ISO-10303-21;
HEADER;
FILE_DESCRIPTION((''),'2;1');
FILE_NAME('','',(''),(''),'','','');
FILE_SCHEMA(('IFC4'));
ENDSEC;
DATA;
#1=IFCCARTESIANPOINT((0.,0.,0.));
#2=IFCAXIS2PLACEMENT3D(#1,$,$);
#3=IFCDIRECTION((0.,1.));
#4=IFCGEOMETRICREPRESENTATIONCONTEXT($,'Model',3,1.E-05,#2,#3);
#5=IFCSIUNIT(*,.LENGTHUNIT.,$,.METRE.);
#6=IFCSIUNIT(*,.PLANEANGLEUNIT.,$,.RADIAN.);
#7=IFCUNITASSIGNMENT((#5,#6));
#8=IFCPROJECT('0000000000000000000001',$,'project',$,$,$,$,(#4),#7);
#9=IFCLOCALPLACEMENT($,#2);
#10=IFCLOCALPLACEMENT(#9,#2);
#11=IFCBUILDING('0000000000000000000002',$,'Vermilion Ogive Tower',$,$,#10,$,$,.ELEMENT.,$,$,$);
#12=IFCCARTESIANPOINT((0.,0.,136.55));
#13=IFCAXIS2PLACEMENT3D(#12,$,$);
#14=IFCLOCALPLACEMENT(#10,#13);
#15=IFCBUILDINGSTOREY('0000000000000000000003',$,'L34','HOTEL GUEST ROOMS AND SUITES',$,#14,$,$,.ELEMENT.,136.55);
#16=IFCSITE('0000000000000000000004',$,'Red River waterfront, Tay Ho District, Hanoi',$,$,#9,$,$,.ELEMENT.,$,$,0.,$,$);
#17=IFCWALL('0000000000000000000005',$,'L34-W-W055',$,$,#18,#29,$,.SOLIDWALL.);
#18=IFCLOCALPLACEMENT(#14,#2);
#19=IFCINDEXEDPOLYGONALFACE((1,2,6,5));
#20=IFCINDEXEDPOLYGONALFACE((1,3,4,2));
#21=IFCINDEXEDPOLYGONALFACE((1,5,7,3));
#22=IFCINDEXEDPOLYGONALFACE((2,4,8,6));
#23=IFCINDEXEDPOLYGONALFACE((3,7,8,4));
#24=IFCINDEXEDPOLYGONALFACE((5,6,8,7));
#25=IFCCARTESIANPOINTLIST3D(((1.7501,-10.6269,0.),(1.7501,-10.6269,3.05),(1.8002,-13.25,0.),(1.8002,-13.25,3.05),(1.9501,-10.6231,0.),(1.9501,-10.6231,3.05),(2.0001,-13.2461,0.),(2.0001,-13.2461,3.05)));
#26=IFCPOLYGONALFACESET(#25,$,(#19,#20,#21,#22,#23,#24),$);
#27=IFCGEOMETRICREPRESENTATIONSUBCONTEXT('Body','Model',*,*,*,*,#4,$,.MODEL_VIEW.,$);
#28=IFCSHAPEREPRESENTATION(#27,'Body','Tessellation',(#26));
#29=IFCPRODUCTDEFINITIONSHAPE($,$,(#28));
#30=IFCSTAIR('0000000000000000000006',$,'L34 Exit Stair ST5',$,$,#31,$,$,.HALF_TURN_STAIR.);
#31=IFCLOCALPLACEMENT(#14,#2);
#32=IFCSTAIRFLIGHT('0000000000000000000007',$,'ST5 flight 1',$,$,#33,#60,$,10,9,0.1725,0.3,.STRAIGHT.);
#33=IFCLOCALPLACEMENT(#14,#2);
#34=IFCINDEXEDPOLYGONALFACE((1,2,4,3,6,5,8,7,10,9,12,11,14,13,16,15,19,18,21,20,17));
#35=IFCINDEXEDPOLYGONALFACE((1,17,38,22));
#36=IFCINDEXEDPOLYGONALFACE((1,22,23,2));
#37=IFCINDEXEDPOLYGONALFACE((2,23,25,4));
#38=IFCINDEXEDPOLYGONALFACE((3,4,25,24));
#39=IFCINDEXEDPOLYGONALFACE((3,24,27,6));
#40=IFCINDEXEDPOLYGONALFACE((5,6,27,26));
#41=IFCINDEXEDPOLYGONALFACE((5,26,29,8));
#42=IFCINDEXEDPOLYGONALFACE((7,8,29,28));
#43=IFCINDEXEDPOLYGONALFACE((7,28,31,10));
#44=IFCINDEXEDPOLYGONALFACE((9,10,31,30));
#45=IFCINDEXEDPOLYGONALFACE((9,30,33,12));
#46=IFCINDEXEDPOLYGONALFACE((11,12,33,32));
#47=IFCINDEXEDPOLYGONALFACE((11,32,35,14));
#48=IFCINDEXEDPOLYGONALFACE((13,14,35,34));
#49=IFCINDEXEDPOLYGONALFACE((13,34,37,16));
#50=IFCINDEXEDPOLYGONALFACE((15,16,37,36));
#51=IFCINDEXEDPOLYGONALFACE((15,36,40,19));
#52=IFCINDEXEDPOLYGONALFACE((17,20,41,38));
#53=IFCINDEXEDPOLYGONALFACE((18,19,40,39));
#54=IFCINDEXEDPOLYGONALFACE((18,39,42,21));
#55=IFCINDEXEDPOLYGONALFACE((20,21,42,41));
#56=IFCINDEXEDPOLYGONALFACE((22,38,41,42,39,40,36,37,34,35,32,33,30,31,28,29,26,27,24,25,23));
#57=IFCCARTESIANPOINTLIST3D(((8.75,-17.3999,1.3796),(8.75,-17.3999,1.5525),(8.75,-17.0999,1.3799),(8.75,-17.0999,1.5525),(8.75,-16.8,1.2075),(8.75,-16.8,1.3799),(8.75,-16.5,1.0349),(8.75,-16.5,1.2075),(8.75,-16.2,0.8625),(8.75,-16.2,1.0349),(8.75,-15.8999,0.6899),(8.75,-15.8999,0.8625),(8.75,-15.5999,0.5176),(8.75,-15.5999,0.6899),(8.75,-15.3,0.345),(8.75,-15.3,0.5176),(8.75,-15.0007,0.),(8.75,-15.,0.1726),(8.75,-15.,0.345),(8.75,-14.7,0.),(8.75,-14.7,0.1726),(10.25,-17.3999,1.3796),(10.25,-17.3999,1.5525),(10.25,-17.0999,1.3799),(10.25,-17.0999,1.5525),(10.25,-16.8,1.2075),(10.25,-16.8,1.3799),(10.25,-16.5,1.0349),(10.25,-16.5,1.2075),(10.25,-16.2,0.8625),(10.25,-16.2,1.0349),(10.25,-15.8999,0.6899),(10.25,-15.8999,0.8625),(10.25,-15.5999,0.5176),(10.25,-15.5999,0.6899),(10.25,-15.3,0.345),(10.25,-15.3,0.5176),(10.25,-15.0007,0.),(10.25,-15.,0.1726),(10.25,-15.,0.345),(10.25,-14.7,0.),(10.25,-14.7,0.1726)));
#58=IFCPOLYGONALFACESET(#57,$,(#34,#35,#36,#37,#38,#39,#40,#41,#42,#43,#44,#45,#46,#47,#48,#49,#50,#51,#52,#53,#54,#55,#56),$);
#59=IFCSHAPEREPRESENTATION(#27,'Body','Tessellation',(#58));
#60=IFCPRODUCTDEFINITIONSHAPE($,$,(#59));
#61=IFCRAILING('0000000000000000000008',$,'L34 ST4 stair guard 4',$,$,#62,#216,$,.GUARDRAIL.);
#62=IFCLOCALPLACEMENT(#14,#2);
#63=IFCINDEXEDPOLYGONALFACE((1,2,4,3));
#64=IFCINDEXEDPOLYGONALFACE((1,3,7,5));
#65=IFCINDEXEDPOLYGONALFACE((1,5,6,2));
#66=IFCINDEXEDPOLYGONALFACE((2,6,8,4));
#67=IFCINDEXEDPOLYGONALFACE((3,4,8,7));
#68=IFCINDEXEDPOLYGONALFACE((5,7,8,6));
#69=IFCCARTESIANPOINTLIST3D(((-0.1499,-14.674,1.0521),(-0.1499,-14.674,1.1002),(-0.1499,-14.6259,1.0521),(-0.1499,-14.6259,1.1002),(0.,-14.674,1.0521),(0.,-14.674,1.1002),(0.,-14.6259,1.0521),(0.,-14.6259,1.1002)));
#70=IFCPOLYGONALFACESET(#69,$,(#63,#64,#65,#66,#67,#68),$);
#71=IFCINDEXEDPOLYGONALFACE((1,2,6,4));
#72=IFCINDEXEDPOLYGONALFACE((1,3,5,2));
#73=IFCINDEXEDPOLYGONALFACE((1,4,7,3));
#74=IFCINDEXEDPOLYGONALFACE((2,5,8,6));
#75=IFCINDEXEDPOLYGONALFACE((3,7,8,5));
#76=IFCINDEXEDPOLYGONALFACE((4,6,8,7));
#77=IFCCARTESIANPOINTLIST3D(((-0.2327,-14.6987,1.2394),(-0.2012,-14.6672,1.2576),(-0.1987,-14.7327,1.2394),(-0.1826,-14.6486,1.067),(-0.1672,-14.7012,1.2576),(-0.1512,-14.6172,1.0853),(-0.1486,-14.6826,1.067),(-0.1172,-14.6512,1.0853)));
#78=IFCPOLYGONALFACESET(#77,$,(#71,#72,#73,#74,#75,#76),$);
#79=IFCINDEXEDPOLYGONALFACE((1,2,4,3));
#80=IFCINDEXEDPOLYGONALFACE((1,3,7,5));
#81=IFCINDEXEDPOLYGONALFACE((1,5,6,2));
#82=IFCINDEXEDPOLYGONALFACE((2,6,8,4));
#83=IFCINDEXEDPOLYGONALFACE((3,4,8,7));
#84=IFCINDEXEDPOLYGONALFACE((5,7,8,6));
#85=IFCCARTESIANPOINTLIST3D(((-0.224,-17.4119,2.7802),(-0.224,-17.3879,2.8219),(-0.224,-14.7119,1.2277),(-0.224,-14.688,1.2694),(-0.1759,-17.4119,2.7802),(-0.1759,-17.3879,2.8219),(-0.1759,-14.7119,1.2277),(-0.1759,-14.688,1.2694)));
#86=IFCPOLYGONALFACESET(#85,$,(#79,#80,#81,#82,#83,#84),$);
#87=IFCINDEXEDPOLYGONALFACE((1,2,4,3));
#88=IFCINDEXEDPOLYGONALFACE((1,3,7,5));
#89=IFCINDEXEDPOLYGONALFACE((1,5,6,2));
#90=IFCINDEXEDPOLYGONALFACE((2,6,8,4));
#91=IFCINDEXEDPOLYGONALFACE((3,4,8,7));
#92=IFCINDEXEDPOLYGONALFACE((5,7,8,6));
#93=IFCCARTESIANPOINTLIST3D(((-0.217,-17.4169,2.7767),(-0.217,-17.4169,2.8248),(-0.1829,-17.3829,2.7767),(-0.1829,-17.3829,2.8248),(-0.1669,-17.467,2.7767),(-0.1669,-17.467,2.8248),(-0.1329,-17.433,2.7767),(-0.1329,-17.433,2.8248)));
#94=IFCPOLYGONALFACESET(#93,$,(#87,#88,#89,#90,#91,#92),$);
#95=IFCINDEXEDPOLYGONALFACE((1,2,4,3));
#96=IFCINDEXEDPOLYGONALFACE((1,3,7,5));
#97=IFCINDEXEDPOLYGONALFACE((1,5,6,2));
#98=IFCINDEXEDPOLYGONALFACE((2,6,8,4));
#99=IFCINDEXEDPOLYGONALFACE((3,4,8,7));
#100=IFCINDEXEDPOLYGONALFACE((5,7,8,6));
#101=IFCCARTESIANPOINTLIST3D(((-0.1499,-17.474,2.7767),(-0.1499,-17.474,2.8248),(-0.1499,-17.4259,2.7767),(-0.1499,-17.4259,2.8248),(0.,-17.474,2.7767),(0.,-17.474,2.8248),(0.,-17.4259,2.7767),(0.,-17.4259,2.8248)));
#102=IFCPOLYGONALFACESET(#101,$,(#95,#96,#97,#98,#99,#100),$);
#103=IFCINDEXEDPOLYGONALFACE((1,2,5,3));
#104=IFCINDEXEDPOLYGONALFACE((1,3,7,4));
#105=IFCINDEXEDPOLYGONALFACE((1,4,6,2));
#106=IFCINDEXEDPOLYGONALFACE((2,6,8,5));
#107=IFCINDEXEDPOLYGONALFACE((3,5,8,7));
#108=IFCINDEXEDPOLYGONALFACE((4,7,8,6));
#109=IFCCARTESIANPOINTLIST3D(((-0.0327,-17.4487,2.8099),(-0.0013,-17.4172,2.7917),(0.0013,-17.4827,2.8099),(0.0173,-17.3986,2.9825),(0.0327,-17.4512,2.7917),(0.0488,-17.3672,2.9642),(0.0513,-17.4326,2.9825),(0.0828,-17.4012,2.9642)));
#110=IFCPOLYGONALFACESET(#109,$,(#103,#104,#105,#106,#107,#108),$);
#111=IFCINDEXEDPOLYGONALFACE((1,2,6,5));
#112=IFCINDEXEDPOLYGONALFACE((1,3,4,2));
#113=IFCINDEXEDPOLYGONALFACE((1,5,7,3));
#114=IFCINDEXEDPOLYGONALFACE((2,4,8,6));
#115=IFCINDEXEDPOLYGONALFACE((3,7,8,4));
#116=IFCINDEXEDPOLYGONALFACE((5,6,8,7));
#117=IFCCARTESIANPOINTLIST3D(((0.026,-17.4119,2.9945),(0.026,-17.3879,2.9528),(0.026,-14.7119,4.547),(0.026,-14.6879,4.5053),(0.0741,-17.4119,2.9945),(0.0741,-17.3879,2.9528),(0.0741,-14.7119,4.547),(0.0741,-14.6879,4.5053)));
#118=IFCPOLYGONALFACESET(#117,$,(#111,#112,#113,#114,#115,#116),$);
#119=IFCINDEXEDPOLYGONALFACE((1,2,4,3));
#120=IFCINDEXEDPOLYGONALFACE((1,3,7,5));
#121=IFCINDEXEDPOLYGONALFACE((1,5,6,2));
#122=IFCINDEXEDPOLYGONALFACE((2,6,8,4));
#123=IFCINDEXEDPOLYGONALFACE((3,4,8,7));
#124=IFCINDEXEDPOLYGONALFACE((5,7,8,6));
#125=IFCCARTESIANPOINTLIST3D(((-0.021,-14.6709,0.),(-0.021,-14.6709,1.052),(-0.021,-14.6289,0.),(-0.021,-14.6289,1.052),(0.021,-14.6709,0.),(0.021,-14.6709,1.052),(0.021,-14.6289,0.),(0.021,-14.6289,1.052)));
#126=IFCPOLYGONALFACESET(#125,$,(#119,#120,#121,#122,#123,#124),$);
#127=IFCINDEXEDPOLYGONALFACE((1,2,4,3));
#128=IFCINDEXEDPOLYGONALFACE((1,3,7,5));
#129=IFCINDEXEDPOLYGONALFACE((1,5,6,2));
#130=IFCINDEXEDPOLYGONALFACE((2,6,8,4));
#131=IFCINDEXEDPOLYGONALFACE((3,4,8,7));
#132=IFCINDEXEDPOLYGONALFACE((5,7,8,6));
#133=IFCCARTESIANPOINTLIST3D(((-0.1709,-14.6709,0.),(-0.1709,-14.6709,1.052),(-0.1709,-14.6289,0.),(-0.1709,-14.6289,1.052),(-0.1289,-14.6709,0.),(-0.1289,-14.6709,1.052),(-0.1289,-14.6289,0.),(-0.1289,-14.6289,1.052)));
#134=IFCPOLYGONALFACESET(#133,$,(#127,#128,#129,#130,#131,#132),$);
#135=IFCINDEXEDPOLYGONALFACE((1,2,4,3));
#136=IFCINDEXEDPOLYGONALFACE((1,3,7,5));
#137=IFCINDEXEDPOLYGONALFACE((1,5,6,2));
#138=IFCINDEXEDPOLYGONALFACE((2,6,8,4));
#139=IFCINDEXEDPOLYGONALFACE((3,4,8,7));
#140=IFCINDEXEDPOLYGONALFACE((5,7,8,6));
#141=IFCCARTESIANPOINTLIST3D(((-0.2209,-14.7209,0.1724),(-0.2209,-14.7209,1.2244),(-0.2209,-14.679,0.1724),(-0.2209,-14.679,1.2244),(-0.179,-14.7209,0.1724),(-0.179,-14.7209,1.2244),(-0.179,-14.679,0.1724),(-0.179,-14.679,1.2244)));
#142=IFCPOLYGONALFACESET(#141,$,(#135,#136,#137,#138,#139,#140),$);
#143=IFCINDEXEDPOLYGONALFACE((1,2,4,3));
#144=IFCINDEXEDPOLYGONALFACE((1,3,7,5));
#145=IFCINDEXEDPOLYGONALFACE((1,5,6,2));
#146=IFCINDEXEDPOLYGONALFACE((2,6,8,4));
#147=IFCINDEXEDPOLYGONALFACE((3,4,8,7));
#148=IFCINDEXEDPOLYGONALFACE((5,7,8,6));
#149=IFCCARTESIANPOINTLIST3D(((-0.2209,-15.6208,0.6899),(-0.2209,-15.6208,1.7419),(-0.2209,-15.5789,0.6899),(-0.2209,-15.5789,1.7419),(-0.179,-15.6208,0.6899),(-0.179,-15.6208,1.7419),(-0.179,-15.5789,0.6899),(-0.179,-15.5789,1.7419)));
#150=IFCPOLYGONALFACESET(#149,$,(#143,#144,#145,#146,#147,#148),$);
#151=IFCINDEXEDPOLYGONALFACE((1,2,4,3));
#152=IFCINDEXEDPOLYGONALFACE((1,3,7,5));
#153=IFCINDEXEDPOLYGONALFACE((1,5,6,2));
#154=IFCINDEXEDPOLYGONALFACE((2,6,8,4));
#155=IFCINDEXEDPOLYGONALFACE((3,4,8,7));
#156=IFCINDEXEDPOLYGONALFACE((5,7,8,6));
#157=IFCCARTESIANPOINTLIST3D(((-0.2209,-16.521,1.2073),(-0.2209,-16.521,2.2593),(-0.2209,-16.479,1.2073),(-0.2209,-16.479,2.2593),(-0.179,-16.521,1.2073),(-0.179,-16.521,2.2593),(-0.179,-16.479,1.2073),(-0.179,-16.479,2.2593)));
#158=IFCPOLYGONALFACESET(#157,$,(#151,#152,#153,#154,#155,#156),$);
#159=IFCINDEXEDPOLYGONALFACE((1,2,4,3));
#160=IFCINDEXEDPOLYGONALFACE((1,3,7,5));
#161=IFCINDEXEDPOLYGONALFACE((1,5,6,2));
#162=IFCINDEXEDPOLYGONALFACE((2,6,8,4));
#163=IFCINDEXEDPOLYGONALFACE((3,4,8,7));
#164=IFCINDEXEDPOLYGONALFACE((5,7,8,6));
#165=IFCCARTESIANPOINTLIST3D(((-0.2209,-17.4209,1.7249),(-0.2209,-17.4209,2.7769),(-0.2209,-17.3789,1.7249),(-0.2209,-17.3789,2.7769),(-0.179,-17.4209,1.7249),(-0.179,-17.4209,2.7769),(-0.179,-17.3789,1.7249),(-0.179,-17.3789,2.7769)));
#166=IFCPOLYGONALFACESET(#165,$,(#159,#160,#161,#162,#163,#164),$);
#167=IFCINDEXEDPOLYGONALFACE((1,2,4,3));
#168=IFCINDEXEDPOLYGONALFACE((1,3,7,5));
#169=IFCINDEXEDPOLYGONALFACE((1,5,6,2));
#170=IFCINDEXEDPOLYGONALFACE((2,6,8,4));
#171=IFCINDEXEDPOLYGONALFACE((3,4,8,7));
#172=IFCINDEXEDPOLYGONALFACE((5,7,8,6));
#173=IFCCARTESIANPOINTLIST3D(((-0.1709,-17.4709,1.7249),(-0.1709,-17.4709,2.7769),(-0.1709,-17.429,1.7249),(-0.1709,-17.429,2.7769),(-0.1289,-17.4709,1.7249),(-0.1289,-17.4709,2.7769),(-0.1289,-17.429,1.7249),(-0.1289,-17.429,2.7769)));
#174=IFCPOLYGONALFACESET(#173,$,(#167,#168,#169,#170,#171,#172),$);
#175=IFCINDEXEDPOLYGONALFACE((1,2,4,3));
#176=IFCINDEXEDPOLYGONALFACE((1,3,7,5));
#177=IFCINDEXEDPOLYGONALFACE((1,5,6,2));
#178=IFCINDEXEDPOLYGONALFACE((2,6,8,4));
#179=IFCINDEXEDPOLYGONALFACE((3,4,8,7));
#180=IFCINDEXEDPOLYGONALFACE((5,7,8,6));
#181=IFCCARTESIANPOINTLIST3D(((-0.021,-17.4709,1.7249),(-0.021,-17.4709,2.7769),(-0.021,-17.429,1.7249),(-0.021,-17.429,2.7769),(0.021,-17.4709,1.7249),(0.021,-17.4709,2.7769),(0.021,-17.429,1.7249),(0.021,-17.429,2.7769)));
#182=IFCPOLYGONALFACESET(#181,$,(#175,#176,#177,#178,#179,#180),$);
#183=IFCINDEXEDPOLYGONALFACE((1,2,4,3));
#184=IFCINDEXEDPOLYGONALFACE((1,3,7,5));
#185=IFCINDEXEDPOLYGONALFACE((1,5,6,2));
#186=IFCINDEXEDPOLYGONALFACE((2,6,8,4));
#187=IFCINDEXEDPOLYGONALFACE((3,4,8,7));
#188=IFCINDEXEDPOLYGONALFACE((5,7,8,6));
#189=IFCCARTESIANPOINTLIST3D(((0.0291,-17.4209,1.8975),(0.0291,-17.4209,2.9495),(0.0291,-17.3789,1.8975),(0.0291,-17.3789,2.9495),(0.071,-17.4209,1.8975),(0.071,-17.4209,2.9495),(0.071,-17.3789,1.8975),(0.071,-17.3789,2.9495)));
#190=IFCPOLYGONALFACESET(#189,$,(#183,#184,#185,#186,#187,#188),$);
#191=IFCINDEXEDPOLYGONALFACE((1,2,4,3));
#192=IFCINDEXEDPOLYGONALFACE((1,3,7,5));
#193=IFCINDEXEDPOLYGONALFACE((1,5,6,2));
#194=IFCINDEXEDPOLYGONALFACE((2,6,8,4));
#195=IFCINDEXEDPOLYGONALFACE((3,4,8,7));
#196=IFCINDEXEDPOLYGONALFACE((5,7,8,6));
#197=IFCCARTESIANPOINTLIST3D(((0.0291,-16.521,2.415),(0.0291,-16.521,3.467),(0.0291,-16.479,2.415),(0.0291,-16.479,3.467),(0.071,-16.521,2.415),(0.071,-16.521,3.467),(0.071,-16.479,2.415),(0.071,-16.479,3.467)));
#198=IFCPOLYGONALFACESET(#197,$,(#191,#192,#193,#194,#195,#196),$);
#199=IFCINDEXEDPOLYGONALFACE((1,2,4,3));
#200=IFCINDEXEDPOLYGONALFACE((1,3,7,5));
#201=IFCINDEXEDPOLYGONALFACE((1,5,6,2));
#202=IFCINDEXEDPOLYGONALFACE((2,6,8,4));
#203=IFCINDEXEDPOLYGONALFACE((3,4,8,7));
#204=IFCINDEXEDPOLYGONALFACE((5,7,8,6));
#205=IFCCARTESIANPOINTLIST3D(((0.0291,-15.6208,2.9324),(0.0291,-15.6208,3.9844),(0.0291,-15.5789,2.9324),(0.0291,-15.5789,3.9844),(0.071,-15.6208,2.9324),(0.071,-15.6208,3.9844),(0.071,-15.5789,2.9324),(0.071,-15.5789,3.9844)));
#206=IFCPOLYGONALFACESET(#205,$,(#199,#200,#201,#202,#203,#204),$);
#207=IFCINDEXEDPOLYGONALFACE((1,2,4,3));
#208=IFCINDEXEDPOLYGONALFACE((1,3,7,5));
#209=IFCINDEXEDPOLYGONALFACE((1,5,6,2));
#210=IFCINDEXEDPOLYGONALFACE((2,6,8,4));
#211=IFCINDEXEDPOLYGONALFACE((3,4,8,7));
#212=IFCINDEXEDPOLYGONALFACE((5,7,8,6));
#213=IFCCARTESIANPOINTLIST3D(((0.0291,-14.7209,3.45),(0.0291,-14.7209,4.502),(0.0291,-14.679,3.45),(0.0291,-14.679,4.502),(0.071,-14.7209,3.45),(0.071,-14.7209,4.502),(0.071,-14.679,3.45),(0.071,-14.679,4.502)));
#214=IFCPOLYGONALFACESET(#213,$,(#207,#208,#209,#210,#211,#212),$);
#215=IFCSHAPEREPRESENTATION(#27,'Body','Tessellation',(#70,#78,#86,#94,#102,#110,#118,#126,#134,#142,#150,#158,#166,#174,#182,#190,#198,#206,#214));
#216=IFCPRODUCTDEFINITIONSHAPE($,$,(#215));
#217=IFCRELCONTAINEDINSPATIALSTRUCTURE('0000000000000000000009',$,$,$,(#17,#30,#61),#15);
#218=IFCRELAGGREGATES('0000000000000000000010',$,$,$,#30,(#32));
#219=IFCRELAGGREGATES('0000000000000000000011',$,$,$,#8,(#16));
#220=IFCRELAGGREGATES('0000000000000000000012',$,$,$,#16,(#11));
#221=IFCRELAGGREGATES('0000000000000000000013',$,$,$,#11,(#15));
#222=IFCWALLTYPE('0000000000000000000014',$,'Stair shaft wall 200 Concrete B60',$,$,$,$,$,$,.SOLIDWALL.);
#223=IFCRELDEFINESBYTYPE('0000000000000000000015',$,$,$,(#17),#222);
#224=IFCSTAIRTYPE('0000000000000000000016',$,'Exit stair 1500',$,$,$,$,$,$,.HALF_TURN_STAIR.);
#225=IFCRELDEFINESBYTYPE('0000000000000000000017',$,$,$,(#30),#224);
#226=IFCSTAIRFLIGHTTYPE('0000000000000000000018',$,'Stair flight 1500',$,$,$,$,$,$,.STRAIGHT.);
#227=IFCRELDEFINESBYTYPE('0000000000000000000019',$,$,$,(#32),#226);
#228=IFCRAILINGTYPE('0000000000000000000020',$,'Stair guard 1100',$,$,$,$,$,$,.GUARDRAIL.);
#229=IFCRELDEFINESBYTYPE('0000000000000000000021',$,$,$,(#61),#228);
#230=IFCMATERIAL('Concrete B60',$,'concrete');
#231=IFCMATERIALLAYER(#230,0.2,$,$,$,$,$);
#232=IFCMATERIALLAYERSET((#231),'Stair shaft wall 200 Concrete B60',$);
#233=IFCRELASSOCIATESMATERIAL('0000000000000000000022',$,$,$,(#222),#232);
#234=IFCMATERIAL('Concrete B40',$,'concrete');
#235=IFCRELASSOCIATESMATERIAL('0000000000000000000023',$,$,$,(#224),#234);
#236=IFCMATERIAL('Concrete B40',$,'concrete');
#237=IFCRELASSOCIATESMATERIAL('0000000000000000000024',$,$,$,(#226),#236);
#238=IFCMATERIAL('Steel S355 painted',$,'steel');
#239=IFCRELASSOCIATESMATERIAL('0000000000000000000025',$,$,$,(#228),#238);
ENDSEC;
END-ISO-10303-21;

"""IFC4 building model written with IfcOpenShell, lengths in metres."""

from ifc_helpers import new_model, si_unit, direction, frame, frame_2d, origin, origin_2d, place, context, subcontext, project, spatial, polyline, rectangle, outline, extrude, material, layer, layer_set, type_object, element, aggregate, save


model = new_model("IFC4")

# Units and contexts
model_context = context("Model", 3, precision=1e-05, world=origin(), true_north=direction((0.0, 1.0)))
body_context = subcontext(model_context, "Body", "Model", "MODEL_VIEW")
ifc_project = project(units=[si_unit("LENGTHUNIT", "METRE"), si_unit("PLANEANGLEUNIT", "RADIAN")], contexts=[model_context])

# Site, building, storey
site_placement = place(None, origin())
site = spatial("IfcSite", under=ifc_project, at=site_placement, Name="Red River waterfront, Tay Ho District, Hanoi", CompositionType="ELEMENT", RefElevation=0.0)
building_placement = place(site_placement, origin())
building = spatial("IfcBuilding", under=site, at=building_placement, Name="Vermilion Ogive Tower", CompositionType="ELEMENT")
storey_placement = place(building_placement, frame((0.0, 0.0, 136.55)))
storey = spatial("IfcBuildingStorey", under=building, at=storey_placement, Name="L34", Description="HOTEL GUEST ROOMS AND SUITES", CompositionType="ELEMENT", Elevation=136.55)

# Shared definitions
ifc_material_1 = material(Name="Concrete B60", Category="concrete")
ifc_layer_1 = layer(ifc_material_1, 0.2)
ifc_layer_set_1 = layer_set([ifc_layer_1], Name="Stair shaft wall 200 Concrete B60")
wall_type_1 = type_object("IfcWallType", Name="Stair shaft wall 200 Concrete B60", PredefinedType="SOLIDWALL", material=ifc_layer_set_1)

# Wall
wall_1_placement = place(storey_placement, frame((1.9001, -13.248, 0.0), z_axis=(0.0, 0.0, 1.0), x_axis=(-0.019077, 0.999818, 0.0)))
element("IfcWall", 1, at=wall_1_placement, inside=storey, type_object=wall_type_1, Name="L34-W-W055", PredefinedType="SOLIDWALL", context=body_context, shape_type="SweptSolid", body=[
    extrude(rectangle(XDim=2.6235, YDim=0.2, at=frame_2d((1.3118, 0.0))), origin(), (0.0, 0.0, 1.0), 3.05),
])

# Stair, stair flight
ifc_material_2 = material(Name="Concrete B40", Category="concrete")
stair_type = type_object("IfcStairType", Name="Exit stair 1500", PredefinedType="HALF_TURN_STAIR", material=ifc_material_2)
stair_placement = place(storey_placement, origin())
stair = element("IfcStair", 2, at=stair_placement, inside=storey, type_object=stair_type, Name="L34 Exit Stair ST5", PredefinedType="HALF_TURN_STAIR")
ifc_material_3 = material(Name="Concrete B40", Category="concrete")
stair_flight_type = type_object("IfcStairFlightType", Name="Stair flight 1500", PredefinedType="STRAIGHT", material=ifc_material_3)
stair_flight_placement = place(storey_placement, frame((9.5, -14.7, 0.0), z_axis=(0.0, 0.0, 1.0), x_axis=(0.0, -1.0, 0.0)))
stair_flight = element("IfcStairFlight", 3, at=stair_flight_placement, type_object=stair_flight_type, Name="ST5 flight 1", NumberOfRisers=10, NumberOfTreads=9, PredefinedType="STRAIGHT", RiserHeight=0.1725, TreadLength=0.3, context=body_context, shape_type="SweptSolid", body=[
    extrude(outline(polyline([(0.0, 0.0), (0.0, 0.1726), (0.3, 0.1726), (0.3, 0.345), (0.6001, 0.345), (0.6001, 0.5176), (0.8999, 0.5176), (0.8999, 0.6899), (1.2, 0.6899), (1.2, 0.8625), (1.5, 0.8625), (1.5, 1.0349), (1.8, 1.0349), (1.8, 1.2075), (2.1001, 1.2075), (2.1001, 1.3799), (2.3999, 1.3799), (2.3999, 1.5525), (2.7, 1.5525), (2.7, 1.7251), (2.7, 1.3796), (0.3008, 0.0), (0.0, 0.0)])), frame((0.0, 0.75, 0.0), z_axis=(0.0, -1.0, 0.0), x_axis=(1.0, 0.0, 0.0)), (0.0, 0.0, 1.0), 1.5),
])
aggregate(stair, [stair_flight])

# Railing
ifc_material_4 = material(Name="Steel S355 painted", Category="steel")
railing_type = type_object("IfcRailingType", Name="Stair guard 1100", PredefinedType="GUARDRAIL", material=ifc_material_4)
railing_1_placement = place(storey_placement, frame((0.0, -14.6499, 0.0)))
element("IfcRailing", 4, at=railing_1_placement, inside=storey, type_object=railing_type, Name="L34 ST4 stair guard 4", PredefinedType="GUARDRAIL", context=body_context, shape_type="SweptSolid", body=[
    extrude(rectangle(XDim=0.0481, YDim=0.0481, at=origin_2d()), frame((0.0, 0.0, 1.0762), z_axis=(-1.0, 0.0, 0.0), x_axis=(0.0, -1.0, 0.0)), (0.0, 0.0, 1.0), 0.1499),
    extrude(rectangle(XDim=0.0481, YDim=0.0481, at=origin_2d()), frame((-0.1499, 0.0, 1.0762), z_axis=(-0.268603, -0.268603, 0.925043), x_axis=(0.707107, -0.707107, 0.0)), (0.0, 0.0, 1.0), 0.1863),
    extrude(rectangle(XDim=0.0481, YDim=0.0481, at=origin_2d()), frame((-0.2, -0.05, 1.2485), z_axis=(0.0, -0.866904, 0.498476), x_axis=(1.0, 0.0, 0.0)), (0.0, 0.0, 1.0), 3.1145),
    extrude(rectangle(XDim=0.0481, YDim=0.0481, at=origin_2d()), frame((-0.2, -2.75, 2.8008), z_axis=(0.707107, -0.707107, 0.0), x_axis=(0.707107, 0.707107, 0.0)), (0.0, 0.0, 1.0), 0.0708),
    extrude(rectangle(XDim=0.0481, YDim=0.0481, at=origin_2d()), frame((-0.1499, -2.8, 2.8008), z_axis=(1.0, 0.0, 0.0), x_axis=(0.0, 1.0, 0.0)), (0.0, 0.0, 1.0), 0.1499),
    extrude(rectangle(XDim=0.0481, YDim=0.0481, at=origin_2d()), frame((0.0, -2.8, 2.8008), z_axis=(0.268278, 0.268278, 0.925232), x_axis=(-0.707107, 0.707107, 0.0)), (0.0, 0.0, 1.0), 0.1865),
    extrude(rectangle(XDim=0.0481, YDim=0.0481, at=origin_2d()), frame((0.05, -2.75, 2.9736), z_axis=(0.0, 0.866904, 0.498476), x_axis=(-1.0, 0.0, 0.0)), (0.0, 0.0, 1.0), 3.1145),
    extrude(rectangle(XDim=0.042, YDim=0.042, at=origin_2d()), origin(), (0.0, 0.0, 1.0), 1.052),
    extrude(rectangle(XDim=0.042, YDim=0.042, at=origin_2d()), frame((-0.1499, 0.0, 0.0)), (0.0, 0.0, 1.0), 1.052),
    extrude(rectangle(XDim=0.042, YDim=0.042, at=origin_2d()), frame((-0.2, -0.05, 0.1724)), (0.0, 0.0, 1.0), 1.052),
    extrude(rectangle(XDim=0.042, YDim=0.042, at=origin_2d()), frame((-0.2, -0.95, 0.6899)), (0.0, 0.0, 1.0), 1.052),
    extrude(rectangle(XDim=0.042, YDim=0.042, at=origin_2d()), frame((-0.2, -1.8501, 1.2073)), (0.0, 0.0, 1.0), 1.052),
    extrude(rectangle(XDim=0.042, YDim=0.042, at=origin_2d()), frame((-0.2, -2.75, 1.7249)), (0.0, 0.0, 1.0), 1.052),
    extrude(rectangle(XDim=0.042, YDim=0.042, at=origin_2d()), frame((-0.1499, -2.8, 1.7249)), (0.0, 0.0, 1.0), 1.052),
    extrude(rectangle(XDim=0.042, YDim=0.042, at=origin_2d()), frame((0.0, -2.8, 1.7249)), (0.0, 0.0, 1.0), 1.052),
    extrude(rectangle(XDim=0.042, YDim=0.042, at=origin_2d()), frame((0.05, -2.75, 1.8975)), (0.0, 0.0, 1.0), 1.052),
    extrude(rectangle(XDim=0.042, YDim=0.042, at=origin_2d()), frame((0.05, -1.8501, 2.415)), (0.0, 0.0, 1.0), 1.052),
    extrude(rectangle(XDim=0.042, YDim=0.042, at=origin_2d()), frame((0.05, -0.95, 2.9324)), (0.0, 0.0, 1.0), 1.052),
    extrude(rectangle(XDim=0.042, YDim=0.042, at=origin_2d()), frame((0.05, -0.05, 3.45)), (0.0, 0.0, 1.0), 1.052),
])

save(model, "model.ifc")
